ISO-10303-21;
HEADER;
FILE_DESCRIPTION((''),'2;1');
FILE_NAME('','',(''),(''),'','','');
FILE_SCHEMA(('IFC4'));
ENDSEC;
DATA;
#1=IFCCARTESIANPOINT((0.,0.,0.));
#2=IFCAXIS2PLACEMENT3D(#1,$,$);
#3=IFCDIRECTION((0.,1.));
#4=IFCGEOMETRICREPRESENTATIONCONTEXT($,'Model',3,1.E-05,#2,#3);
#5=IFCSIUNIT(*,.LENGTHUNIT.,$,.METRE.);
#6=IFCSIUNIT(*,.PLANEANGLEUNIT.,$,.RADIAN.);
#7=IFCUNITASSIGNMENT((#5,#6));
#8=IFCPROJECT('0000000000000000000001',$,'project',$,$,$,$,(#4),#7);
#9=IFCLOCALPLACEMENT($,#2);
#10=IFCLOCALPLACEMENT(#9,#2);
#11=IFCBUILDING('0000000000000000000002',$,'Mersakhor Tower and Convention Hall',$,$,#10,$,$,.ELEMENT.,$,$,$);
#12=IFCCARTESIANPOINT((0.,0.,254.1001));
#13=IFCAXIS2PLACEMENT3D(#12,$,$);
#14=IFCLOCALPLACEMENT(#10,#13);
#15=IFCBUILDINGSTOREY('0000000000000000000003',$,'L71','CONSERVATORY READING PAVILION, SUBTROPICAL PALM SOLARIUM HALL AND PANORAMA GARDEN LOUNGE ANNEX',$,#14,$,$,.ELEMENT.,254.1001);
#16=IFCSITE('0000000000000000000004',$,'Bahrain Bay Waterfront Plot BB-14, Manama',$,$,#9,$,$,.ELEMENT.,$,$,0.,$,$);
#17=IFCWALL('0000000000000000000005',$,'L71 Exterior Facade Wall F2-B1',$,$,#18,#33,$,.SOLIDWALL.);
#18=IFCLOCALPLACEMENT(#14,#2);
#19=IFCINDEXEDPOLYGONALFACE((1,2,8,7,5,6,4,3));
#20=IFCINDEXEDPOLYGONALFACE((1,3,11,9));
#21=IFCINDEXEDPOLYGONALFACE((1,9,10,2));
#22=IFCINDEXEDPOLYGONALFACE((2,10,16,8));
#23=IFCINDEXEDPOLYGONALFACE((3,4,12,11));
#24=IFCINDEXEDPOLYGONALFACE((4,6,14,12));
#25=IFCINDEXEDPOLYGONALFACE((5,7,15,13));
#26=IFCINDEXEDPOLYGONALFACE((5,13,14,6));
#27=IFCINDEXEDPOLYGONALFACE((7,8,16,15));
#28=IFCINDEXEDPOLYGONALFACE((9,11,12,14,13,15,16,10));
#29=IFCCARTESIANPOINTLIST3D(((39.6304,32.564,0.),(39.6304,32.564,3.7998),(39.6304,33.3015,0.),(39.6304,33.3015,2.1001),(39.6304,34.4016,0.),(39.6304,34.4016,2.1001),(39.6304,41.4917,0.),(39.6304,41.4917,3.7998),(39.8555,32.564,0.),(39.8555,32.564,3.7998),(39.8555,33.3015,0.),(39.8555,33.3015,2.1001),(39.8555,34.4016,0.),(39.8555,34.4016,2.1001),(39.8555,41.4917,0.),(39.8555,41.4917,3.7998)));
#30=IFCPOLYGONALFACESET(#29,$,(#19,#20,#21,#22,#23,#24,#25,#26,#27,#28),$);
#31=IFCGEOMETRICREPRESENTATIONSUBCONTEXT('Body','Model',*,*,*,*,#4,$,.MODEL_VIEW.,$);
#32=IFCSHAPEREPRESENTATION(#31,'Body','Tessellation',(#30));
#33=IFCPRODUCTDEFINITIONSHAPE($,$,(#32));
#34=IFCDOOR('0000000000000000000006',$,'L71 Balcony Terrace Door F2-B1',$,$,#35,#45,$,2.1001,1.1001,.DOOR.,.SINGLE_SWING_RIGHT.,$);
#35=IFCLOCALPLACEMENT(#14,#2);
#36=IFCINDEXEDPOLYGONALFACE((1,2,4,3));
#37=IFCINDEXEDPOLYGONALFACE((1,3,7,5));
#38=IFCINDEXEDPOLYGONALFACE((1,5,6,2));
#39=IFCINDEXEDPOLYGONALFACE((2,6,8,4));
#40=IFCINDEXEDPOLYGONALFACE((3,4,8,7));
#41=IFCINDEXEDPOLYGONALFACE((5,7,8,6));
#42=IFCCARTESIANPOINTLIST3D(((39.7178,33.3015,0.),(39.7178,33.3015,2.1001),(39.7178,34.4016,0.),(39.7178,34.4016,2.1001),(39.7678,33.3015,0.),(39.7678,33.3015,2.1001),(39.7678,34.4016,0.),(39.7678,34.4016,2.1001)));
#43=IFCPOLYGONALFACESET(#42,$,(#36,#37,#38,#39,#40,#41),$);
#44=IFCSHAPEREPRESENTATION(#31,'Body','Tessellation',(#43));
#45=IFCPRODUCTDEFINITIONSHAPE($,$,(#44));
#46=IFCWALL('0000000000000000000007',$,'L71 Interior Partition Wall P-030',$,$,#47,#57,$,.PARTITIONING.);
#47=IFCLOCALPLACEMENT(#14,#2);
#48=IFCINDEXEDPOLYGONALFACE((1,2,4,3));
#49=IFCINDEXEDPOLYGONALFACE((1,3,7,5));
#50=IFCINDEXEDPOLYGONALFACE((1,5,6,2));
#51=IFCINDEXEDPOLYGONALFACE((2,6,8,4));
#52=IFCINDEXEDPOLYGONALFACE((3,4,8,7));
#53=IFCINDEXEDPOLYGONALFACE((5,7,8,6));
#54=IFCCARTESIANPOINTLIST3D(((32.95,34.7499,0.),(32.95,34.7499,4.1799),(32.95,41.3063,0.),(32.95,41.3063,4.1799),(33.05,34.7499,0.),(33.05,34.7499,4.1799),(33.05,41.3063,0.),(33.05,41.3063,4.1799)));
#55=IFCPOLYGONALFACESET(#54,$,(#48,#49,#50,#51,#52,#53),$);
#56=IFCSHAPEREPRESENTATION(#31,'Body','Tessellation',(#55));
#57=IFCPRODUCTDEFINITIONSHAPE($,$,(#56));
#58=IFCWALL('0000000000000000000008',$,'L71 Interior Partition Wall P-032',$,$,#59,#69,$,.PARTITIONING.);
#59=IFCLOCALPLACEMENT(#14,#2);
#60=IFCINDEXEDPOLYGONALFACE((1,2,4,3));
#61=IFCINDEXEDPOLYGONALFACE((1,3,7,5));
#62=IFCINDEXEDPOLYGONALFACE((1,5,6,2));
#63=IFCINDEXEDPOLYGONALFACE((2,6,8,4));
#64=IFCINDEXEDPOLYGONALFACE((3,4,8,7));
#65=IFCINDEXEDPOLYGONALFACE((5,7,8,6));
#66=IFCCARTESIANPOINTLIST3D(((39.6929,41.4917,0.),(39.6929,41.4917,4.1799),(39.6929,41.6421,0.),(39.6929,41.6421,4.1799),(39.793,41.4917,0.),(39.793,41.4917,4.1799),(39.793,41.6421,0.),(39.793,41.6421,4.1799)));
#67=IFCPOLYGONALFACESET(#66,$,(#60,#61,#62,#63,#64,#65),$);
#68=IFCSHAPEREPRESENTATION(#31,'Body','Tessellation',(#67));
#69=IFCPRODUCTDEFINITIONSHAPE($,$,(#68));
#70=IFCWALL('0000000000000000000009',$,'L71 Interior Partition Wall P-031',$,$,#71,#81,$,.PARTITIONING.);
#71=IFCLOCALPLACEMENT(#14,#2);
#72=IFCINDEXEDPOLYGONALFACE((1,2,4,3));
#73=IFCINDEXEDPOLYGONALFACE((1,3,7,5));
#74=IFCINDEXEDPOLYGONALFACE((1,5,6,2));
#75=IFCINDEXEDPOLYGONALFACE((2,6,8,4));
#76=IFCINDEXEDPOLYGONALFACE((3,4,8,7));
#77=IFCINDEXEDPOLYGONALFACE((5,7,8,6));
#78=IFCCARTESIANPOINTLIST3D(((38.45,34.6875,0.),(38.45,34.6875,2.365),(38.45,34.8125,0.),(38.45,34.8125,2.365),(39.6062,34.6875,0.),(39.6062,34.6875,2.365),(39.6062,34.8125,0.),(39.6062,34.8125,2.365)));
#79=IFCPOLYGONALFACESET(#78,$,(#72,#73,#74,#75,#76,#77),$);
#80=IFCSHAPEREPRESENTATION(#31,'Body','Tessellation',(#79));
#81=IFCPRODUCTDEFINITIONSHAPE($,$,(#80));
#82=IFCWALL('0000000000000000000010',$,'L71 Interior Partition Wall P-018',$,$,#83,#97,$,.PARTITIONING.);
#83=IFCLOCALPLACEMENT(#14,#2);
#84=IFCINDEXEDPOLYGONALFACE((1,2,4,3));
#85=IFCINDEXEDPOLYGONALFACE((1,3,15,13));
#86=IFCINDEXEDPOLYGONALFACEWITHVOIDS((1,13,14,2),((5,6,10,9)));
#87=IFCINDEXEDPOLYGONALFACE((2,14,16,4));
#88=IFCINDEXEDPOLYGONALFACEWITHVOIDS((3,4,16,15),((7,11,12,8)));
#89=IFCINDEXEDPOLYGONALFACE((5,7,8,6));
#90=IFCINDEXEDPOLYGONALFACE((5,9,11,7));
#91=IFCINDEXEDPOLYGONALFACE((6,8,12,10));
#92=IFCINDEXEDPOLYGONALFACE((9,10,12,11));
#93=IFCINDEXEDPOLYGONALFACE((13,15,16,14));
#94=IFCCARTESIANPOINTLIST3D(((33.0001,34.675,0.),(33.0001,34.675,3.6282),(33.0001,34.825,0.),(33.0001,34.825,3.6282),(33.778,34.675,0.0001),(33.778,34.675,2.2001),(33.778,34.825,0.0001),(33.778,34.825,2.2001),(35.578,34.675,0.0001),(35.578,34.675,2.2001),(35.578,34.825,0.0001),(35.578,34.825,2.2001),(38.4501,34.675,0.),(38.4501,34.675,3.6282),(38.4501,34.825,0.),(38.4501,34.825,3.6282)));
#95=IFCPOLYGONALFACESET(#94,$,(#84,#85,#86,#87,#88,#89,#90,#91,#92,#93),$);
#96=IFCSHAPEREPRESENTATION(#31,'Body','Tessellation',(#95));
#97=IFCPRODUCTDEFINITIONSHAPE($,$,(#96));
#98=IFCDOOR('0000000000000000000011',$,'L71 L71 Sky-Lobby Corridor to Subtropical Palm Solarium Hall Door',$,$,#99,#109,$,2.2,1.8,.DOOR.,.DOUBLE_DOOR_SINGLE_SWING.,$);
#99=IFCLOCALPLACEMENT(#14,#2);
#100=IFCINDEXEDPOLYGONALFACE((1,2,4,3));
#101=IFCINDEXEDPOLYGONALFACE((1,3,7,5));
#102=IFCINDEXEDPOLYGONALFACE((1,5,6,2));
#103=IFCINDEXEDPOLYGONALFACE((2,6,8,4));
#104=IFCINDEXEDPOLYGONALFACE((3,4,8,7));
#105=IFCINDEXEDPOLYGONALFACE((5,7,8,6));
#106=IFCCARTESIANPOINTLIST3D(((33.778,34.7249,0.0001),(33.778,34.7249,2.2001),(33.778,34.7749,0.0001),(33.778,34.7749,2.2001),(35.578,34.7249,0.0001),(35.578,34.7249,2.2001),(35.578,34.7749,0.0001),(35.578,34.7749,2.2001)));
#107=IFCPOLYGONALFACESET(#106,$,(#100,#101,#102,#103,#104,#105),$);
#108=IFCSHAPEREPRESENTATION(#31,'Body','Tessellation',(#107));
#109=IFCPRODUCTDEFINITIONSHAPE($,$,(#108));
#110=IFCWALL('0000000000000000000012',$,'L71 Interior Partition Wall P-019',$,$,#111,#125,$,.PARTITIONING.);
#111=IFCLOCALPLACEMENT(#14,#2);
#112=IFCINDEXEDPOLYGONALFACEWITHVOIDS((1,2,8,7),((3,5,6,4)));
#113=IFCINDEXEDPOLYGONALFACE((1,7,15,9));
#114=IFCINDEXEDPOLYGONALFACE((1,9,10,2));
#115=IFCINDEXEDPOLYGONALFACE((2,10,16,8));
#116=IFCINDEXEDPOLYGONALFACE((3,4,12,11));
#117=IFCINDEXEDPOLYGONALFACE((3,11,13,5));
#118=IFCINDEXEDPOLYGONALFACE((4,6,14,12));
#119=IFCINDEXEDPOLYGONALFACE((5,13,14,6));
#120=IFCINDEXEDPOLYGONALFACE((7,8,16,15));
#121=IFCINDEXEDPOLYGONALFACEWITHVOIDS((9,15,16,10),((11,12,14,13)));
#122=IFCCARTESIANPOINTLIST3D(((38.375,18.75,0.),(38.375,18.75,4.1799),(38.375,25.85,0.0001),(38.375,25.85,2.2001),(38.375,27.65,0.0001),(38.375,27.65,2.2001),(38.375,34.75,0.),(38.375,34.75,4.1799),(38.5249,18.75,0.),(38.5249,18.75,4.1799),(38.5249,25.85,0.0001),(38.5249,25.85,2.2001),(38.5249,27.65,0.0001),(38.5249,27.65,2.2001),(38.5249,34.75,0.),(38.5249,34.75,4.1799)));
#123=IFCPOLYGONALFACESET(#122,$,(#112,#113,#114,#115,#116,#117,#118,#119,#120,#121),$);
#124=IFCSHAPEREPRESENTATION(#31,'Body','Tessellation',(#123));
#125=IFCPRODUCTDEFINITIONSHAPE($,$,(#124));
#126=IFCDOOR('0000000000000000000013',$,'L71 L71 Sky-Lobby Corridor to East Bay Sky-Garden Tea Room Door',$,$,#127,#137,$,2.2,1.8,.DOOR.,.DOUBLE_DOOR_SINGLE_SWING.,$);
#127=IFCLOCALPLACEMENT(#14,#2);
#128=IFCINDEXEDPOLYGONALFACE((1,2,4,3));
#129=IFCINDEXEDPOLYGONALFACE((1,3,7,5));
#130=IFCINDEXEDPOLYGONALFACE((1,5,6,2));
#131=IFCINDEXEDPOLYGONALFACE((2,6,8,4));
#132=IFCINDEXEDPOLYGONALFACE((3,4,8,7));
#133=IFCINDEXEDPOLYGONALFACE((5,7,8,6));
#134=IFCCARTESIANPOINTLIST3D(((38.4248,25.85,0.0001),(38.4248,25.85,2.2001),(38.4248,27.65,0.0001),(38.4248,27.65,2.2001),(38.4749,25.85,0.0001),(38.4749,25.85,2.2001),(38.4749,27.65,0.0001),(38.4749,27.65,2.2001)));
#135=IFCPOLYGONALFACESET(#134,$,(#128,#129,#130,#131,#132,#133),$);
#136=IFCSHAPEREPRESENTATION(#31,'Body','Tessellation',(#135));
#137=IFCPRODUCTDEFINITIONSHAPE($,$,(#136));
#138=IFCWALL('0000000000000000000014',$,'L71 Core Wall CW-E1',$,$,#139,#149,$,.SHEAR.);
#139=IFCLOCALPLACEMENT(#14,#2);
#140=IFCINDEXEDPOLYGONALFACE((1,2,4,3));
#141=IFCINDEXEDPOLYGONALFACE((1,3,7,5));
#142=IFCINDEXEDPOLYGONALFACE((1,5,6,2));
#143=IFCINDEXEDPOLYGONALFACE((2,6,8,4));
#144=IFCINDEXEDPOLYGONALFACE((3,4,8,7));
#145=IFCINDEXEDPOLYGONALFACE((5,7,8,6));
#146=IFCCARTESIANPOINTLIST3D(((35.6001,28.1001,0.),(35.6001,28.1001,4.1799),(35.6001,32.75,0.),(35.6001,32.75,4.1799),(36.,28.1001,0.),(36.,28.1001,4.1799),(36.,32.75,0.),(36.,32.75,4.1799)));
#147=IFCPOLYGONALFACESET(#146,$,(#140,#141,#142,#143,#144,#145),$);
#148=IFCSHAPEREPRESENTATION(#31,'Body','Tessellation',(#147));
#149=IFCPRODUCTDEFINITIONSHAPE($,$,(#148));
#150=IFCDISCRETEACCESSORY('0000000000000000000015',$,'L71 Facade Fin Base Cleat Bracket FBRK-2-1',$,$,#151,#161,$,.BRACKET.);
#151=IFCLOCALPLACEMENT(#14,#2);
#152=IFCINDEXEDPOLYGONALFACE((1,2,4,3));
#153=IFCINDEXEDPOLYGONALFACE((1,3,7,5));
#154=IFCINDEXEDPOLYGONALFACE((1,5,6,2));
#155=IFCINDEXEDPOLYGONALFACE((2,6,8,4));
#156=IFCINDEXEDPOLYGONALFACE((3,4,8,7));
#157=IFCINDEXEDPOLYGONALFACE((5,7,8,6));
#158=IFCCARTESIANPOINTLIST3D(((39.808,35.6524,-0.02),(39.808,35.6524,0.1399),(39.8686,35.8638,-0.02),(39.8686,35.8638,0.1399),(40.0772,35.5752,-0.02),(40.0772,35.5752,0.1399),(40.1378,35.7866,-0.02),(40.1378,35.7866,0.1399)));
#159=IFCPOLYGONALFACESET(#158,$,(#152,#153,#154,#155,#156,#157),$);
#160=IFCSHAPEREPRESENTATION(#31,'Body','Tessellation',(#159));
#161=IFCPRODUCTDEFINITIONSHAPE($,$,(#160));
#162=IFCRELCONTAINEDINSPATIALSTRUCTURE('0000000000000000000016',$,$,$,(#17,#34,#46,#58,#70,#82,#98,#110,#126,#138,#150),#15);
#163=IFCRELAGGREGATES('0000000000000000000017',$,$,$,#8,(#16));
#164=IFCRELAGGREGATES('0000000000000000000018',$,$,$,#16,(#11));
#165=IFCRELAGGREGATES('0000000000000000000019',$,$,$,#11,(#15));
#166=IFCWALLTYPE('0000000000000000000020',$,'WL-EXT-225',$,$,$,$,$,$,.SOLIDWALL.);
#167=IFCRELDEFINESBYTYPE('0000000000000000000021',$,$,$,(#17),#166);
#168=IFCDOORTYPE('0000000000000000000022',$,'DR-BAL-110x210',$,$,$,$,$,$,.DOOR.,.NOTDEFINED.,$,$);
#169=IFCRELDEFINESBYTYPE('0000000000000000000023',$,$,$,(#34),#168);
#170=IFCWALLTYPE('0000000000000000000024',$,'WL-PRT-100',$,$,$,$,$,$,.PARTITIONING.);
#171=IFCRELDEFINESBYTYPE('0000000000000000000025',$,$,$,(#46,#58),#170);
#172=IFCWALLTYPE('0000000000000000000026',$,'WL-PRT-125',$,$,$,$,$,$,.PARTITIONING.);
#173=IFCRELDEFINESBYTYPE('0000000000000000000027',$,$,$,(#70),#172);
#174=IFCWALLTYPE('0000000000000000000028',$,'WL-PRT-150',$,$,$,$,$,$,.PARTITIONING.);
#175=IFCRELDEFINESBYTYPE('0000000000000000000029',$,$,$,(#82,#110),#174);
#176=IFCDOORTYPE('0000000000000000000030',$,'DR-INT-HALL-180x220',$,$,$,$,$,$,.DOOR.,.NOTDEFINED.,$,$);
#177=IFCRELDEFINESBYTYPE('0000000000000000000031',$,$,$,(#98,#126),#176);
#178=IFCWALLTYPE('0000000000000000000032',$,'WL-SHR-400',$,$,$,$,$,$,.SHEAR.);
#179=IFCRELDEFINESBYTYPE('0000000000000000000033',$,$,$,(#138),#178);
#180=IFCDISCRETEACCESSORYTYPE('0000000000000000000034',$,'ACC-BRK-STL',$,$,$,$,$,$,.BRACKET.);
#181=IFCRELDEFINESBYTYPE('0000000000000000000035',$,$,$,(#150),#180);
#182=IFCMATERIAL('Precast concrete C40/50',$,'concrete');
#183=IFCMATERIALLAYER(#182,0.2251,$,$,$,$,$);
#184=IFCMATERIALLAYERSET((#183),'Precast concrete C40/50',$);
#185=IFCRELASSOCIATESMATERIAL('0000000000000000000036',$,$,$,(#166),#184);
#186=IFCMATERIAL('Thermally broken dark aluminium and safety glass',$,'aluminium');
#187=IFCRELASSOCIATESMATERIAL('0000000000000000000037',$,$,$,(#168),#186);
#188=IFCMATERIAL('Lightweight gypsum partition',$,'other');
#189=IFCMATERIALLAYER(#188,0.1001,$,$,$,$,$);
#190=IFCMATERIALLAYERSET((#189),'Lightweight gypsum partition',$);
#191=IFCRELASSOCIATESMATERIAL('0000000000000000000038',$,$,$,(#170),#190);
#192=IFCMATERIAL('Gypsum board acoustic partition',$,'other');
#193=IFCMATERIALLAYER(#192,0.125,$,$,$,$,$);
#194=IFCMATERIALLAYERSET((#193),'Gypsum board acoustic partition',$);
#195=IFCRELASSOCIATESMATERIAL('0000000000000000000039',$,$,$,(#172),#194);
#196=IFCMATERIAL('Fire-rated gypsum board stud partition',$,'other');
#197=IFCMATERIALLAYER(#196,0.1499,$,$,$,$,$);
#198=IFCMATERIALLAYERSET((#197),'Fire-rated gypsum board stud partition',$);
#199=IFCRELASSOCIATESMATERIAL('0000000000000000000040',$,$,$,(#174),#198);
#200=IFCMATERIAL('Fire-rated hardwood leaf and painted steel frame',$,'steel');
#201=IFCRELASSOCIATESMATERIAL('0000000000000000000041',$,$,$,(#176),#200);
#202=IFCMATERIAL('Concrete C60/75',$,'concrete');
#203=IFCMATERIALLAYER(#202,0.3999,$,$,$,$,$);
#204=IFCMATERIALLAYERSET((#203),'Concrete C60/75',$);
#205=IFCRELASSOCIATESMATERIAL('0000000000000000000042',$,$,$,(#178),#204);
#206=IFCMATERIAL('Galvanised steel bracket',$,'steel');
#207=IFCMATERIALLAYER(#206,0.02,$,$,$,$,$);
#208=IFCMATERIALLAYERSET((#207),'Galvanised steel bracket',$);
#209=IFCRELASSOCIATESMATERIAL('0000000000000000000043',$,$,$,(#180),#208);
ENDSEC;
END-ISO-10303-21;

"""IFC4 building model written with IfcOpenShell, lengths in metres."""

from ifc_helpers import new_model, si_unit, direction, frame, frame_2d, origin, origin_2d, place, context, subcontext, project, spatial, rectangle, extrude, material, layer, layer_set, type_object, element, fill, save


model = new_model("IFC4")

# Units and contexts
model_context = context("Model", 3, precision=1e-05, world=origin(), true_north=direction((0.0, 1.0)))
body_context = subcontext(model_context, "Body", "Model", "MODEL_VIEW")
ifc_project = project(units=[si_unit("LENGTHUNIT", "METRE"), si_unit("PLANEANGLEUNIT", "RADIAN")], contexts=[model_context])

# Site, building, storey
site_placement = place(None, origin())
site = spatial("IfcSite", under=ifc_project, at=site_placement, Name="Bahrain Bay Waterfront Plot BB-14, Manama", CompositionType="ELEMENT", RefElevation=0.0)
building_placement = place(site_placement, origin())
building = spatial("IfcBuilding", under=site, at=building_placement, Name="Mersakhor Tower and Convention Hall", CompositionType="ELEMENT")
storey_placement = place(building_placement, frame((0.0, 0.0, 254.1001)))
storey = spatial("IfcBuildingStorey", under=building, at=storey_placement, Name="L71", Description="CONSERVATORY READING PAVILION, SUBTROPICAL PALM SOLARIUM HALL AND PANORAMA GARDEN LOUNGE ANNEX", CompositionType="ELEMENT", Elevation=254.1001)

# Shared definitions
ifc_material_1 = material(Name="Precast concrete C40/50", Category="concrete")
ifc_layer_1 = layer(ifc_material_1, 0.2251)
ifc_layer_set_1 = layer_set([ifc_layer_1], Name="Precast concrete C40/50")
wall_type_1 = type_object("IfcWallType", Name="WL-EXT-225", PredefinedType="SOLIDWALL", material=ifc_layer_set_1)

# Wall, opening, door
wall_1_placement = place(storey_placement, frame((39.7429, 41.4917, 0.0), z_axis=(0.0, 0.0, 1.0), x_axis=(0.0, -1.0, 0.0)))
wall_1 = element("IfcWall", 1, at=wall_1_placement, inside=storey, type_object=wall_type_1, Name="L71 Exterior Facade Wall F2-B1", PredefinedType="SOLIDWALL", context=body_context, shape_type="SweptSolid", body=[
    extrude(rectangle(XDim=8.9277, YDim=0.2251, at=frame_2d((4.4639, 0.0))), origin(), (0.0, 0.0, 1.0), 3.7998),
])
opening_1_placement = place(wall_1_placement, frame((7.0901, 0.0, 0.0)))
opening_1 = element("IfcOpeningElement", 2, at=opening_1_placement, cuts=wall_1, PredefinedType="OPENING", context=body_context, shape_type="SweptSolid", body=[
    extrude(rectangle(XDim=1.1001, YDim=2.1001, at=frame_2d((0.55, 1.05))), frame((0.0, 0.1226, 0.0), z_axis=(0.0, -1.0, 0.0), x_axis=(1.0, 0.0, 0.0)), (0.0, 0.0, 1.0), 0.2451),
])
ifc_material_2 = material(Name="Thermally broken dark aluminium and safety glass", Category="aluminium")
door_type_1 = type_object("IfcDoorType", Name="DR-BAL-110x210", OperationType="NOTDEFINED", PredefinedType="DOOR", material=ifc_material_2)
door_1_placement = place(opening_1_placement, origin())
door_1 = element("IfcDoor", 3, at=door_1_placement, inside=storey, type_object=door_type_1, Name="L71 Balcony Terrace Door F2-B1", OperationType="SINGLE_SWING_RIGHT", OverallHeight=2.1001, OverallWidth=1.1001, PredefinedType="DOOR", context=body_context, shape_type="SweptSolid", body=[
    extrude(rectangle(XDim=1.1001, YDim=2.1001, at=frame_2d((0.55, 1.05))), frame((0.0, 0.0249, 0.0), z_axis=(0.0, -1.0, 0.0), x_axis=(1.0, 0.0, 0.0)), (0.0, 0.0, 1.0), 0.05),
])
fill(opening_1, door_1)

# Walls
ifc_material_3 = material(Name="Lightweight gypsum partition", Category="other")
ifc_layer_2 = layer(ifc_material_3, 0.1001)
ifc_layer_set_2 = layer_set([ifc_layer_2], Name="Lightweight gypsum partition")
wall_type_2 = type_object("IfcWallType", Name="WL-PRT-100", PredefinedType="PARTITIONING", material=ifc_layer_set_2)
wall_2_placement = place(storey_placement, frame((33.0, 41.3064, 0.0), z_axis=(0.0, 0.0, 1.0), x_axis=(0.0, -1.0, 0.0)))
element("IfcWall", 4, at=wall_2_placement, inside=storey, type_object=wall_type_2, Name="L71 Interior Partition Wall P-030", PredefinedType="PARTITIONING", context=body_context, shape_type="SweptSolid", body=[
    extrude(rectangle(XDim=6.5564, YDim=0.1001, at=frame_2d((3.2783, 0.0))), origin(), (0.0, 0.0, 1.0), 4.1799),
])
wall_3_placement = place(storey_placement, frame((39.7429, 41.6421, 0.0), z_axis=(0.0, 0.0, 1.0), x_axis=(0.0, -1.0, 0.0)))
element("IfcWall", 5, at=wall_3_placement, inside=storey, type_object=wall_type_2, Name="L71 Interior Partition Wall P-032", PredefinedType="PARTITIONING", context=body_context, shape_type="SweptSolid", body=[
    extrude(rectangle(XDim=0.1504, YDim=0.1001, at=frame_2d((0.0752, 0.0))), origin(), (0.0, 0.0, 1.0), 4.1799),
])
ifc_material_4 = material(Name="Gypsum board acoustic partition", Category="other")
ifc_layer_3 = layer(ifc_material_4, 0.125)
ifc_layer_set_3 = layer_set([ifc_layer_3], Name="Gypsum board acoustic partition")
wall_type_3 = type_object("IfcWallType", Name="WL-PRT-125", PredefinedType="PARTITIONING", material=ifc_layer_set_3)
wall_4_placement = place(storey_placement, frame((39.6062, 34.75, 0.0), z_axis=(0.0, 0.0, 1.0), x_axis=(-1.0, 0.0, 0.0)))
element("IfcWall", 6, at=wall_4_placement, inside=storey, type_object=wall_type_3, Name="L71 Interior Partition Wall P-031", PredefinedType="PARTITIONING", context=body_context, shape_type="SweptSolid", body=[
    extrude(rectangle(XDim=1.1562, YDim=0.125, at=frame_2d((0.5781, 0.0))), origin(), (0.0, 0.0, 1.0), 2.365),
])

# Walls, openings, doors
ifc_material_5 = material(Name="Fire-rated gypsum board stud partition", Category="other")
ifc_layer_4 = layer(ifc_material_5, 0.1499)
ifc_layer_set_4 = layer_set([ifc_layer_4], Name="Fire-rated gypsum board stud partition")
wall_type_4 = type_object("IfcWallType", Name="WL-PRT-150", PredefinedType="PARTITIONING", material=ifc_layer_set_4)
wall_5_placement = place(storey_placement, frame((33.0, 34.75, 0.0), z_axis=(0.0, 0.0, 1.0), x_axis=(1.0, 0.0, 0.0)))
wall_5 = element("IfcWall", 7, at=wall_5_placement, inside=storey, type_object=wall_type_4, Name="L71 Interior Partition Wall P-018", PredefinedType="PARTITIONING", context=body_context, shape_type="SweptSolid", body=[
    extrude(rectangle(XDim=5.45, YDim=0.1499, at=frame_2d((2.7251, 0.0))), origin(), (0.0, 0.0, 1.0), 3.6282),
])
opening_2_placement = place(wall_5_placement, frame((0.7781, 0.0, 0.0)))
opening_2 = element("IfcOpeningElement", 8, at=opening_2_placement, cuts=wall_5, PredefinedType="OPENING", context=body_context, shape_type="SweptSolid", body=[
    extrude(rectangle(XDim=1.8, YDim=2.2, at=frame_2d((0.8999, 1.1001))), frame((0.0, 0.085, 0.0), z_axis=(0.0, -1.0, 0.0), x_axis=(1.0, 0.0, 0.0)), (0.0, 0.0, 1.0), 0.1699),
])
ifc_material_6 = material(Name="Fire-rated hardwood leaf and painted steel frame", Category="steel")
door_type_2 = type_object("IfcDoorType", Name="DR-INT-HALL-180x220", OperationType="NOTDEFINED", PredefinedType="DOOR", material=ifc_material_6)
door_2_placement = place(opening_2_placement, origin())
door_2 = element("IfcDoor", 9, at=door_2_placement, inside=storey, type_object=door_type_2, Name="L71 L71 Sky-Lobby Corridor to Subtropical Palm Solarium Hall Door", OperationType="DOUBLE_DOOR_SINGLE_SWING", OverallHeight=2.2, OverallWidth=1.8, PredefinedType="DOOR", context=body_context, shape_type="SweptSolid", body=[
    extrude(rectangle(XDim=1.8, YDim=2.2, at=frame_2d((0.8999, 1.1001))), frame((0.0, 0.0249, 0.0), z_axis=(0.0, -1.0, 0.0), x_axis=(1.0, 0.0, 0.0)), (0.0, 0.0, 1.0), 0.05),
])
fill(opening_2, door_2)
wall_6_placement = place(storey_placement, frame((38.45, 34.75, 0.0), z_axis=(0.0, 0.0, 1.0), x_axis=(0.0, -1.0, 0.0)))
wall_6 = element("IfcWall", 10, at=wall_6_placement, inside=storey, type_object=wall_type_4, Name="L71 Interior Partition Wall P-019", PredefinedType="PARTITIONING", context=body_context, shape_type="SweptSolid", body=[
    extrude(rectangle(XDim=16.0, YDim=0.1499, at=frame_2d((8.0, 0.0))), origin(), (0.0, 0.0, 1.0), 4.1799),
])
opening_3_placement = place(wall_6_placement, frame((7.1001, 0.0, 0.0)))
opening_3 = element("IfcOpeningElement", 11, at=opening_3_placement, cuts=wall_6, PredefinedType="OPENING", context=body_context, shape_type="SweptSolid", body=[
    extrude(rectangle(XDim=1.8, YDim=2.2, at=frame_2d((0.8999, 1.1001))), frame((0.0, 0.085, 0.0), z_axis=(0.0, -1.0, 0.0), x_axis=(1.0, 0.0, 0.0)), (0.0, 0.0, 1.0), 0.1699),
])
door_3_placement = place(opening_3_placement, origin())
door_3 = element("IfcDoor", 12, at=door_3_placement, inside=storey, type_object=door_type_2, Name="L71 L71 Sky-Lobby Corridor to East Bay Sky-Garden Tea Room Door", OperationType="DOUBLE_DOOR_SINGLE_SWING", OverallHeight=2.2, OverallWidth=1.8, PredefinedType="DOOR", context=body_context, shape_type="SweptSolid", body=[
    extrude(rectangle(XDim=1.8, YDim=2.2, at=frame_2d((0.8999, 1.1001))), frame((0.0, 0.0249, 0.0), z_axis=(0.0, -1.0, 0.0), x_axis=(1.0, 0.0, 0.0)), (0.0, 0.0, 1.0), 0.05),
])
fill(opening_3, door_3)
ifc_material_7 = material(Name="Concrete C60/75", Category="concrete")
ifc_layer_5 = layer(ifc_material_7, 0.3999)
ifc_layer_set_5 = layer_set([ifc_layer_5], Name="Concrete C60/75")
wall_type_5 = type_object("IfcWallType", Name="WL-SHR-400", PredefinedType="SHEAR", material=ifc_layer_set_5)

# Wall
wall_7_placement = place(storey_placement, frame((35.8, 32.75, 0.0), z_axis=(0.0, 0.0, 1.0), x_axis=(0.0, -1.0, 0.0)))
element("IfcWall", 13, at=wall_7_placement, inside=storey, type_object=wall_type_5, Name="L71 Core Wall CW-E1", PredefinedType="SHEAR", context=body_context, shape_type="SweptSolid", body=[
    extrude(rectangle(XDim=4.6499, YDim=0.3999, at=frame_2d((2.325, 0.0))), origin(), (0.0, 0.0, 1.0), 4.1799),
])

# Discrete accessory
ifc_material_8 = material(Name="Galvanised steel bracket", Category="steel")
ifc_layer_6 = layer(ifc_material_8, 0.02)
ifc_layer_set_6 = layer_set([ifc_layer_6], Name="Galvanised steel bracket")
discrete_accessory_type = type_object("IfcDiscreteAccessoryType", Name="ACC-BRK-STL", PredefinedType="BRACKET", material=ifc_layer_set_6)
discrete_accessory_placement = place(storey_placement, frame((39.9729, 35.7195, -0.02), z_axis=(0.0, 0.0, 1.0), x_axis=(0.961262, -0.275637, 0.0)))
element("IfcDiscreteAccessory", 14, at=discrete_accessory_placement, inside=storey, type_object=discrete_accessory_type, Name="L71 Facade Fin Base Cleat Bracket FBRK-2-1", PredefinedType="BRACKET", context=body_context, shape_type="SweptSolid", body=[
    extrude(rectangle(XDim=0.28, YDim=0.22, at=origin_2d()), origin(), (0.0, 0.0, 1.0), 0.1599),
])

save(model, "model.ifc")
